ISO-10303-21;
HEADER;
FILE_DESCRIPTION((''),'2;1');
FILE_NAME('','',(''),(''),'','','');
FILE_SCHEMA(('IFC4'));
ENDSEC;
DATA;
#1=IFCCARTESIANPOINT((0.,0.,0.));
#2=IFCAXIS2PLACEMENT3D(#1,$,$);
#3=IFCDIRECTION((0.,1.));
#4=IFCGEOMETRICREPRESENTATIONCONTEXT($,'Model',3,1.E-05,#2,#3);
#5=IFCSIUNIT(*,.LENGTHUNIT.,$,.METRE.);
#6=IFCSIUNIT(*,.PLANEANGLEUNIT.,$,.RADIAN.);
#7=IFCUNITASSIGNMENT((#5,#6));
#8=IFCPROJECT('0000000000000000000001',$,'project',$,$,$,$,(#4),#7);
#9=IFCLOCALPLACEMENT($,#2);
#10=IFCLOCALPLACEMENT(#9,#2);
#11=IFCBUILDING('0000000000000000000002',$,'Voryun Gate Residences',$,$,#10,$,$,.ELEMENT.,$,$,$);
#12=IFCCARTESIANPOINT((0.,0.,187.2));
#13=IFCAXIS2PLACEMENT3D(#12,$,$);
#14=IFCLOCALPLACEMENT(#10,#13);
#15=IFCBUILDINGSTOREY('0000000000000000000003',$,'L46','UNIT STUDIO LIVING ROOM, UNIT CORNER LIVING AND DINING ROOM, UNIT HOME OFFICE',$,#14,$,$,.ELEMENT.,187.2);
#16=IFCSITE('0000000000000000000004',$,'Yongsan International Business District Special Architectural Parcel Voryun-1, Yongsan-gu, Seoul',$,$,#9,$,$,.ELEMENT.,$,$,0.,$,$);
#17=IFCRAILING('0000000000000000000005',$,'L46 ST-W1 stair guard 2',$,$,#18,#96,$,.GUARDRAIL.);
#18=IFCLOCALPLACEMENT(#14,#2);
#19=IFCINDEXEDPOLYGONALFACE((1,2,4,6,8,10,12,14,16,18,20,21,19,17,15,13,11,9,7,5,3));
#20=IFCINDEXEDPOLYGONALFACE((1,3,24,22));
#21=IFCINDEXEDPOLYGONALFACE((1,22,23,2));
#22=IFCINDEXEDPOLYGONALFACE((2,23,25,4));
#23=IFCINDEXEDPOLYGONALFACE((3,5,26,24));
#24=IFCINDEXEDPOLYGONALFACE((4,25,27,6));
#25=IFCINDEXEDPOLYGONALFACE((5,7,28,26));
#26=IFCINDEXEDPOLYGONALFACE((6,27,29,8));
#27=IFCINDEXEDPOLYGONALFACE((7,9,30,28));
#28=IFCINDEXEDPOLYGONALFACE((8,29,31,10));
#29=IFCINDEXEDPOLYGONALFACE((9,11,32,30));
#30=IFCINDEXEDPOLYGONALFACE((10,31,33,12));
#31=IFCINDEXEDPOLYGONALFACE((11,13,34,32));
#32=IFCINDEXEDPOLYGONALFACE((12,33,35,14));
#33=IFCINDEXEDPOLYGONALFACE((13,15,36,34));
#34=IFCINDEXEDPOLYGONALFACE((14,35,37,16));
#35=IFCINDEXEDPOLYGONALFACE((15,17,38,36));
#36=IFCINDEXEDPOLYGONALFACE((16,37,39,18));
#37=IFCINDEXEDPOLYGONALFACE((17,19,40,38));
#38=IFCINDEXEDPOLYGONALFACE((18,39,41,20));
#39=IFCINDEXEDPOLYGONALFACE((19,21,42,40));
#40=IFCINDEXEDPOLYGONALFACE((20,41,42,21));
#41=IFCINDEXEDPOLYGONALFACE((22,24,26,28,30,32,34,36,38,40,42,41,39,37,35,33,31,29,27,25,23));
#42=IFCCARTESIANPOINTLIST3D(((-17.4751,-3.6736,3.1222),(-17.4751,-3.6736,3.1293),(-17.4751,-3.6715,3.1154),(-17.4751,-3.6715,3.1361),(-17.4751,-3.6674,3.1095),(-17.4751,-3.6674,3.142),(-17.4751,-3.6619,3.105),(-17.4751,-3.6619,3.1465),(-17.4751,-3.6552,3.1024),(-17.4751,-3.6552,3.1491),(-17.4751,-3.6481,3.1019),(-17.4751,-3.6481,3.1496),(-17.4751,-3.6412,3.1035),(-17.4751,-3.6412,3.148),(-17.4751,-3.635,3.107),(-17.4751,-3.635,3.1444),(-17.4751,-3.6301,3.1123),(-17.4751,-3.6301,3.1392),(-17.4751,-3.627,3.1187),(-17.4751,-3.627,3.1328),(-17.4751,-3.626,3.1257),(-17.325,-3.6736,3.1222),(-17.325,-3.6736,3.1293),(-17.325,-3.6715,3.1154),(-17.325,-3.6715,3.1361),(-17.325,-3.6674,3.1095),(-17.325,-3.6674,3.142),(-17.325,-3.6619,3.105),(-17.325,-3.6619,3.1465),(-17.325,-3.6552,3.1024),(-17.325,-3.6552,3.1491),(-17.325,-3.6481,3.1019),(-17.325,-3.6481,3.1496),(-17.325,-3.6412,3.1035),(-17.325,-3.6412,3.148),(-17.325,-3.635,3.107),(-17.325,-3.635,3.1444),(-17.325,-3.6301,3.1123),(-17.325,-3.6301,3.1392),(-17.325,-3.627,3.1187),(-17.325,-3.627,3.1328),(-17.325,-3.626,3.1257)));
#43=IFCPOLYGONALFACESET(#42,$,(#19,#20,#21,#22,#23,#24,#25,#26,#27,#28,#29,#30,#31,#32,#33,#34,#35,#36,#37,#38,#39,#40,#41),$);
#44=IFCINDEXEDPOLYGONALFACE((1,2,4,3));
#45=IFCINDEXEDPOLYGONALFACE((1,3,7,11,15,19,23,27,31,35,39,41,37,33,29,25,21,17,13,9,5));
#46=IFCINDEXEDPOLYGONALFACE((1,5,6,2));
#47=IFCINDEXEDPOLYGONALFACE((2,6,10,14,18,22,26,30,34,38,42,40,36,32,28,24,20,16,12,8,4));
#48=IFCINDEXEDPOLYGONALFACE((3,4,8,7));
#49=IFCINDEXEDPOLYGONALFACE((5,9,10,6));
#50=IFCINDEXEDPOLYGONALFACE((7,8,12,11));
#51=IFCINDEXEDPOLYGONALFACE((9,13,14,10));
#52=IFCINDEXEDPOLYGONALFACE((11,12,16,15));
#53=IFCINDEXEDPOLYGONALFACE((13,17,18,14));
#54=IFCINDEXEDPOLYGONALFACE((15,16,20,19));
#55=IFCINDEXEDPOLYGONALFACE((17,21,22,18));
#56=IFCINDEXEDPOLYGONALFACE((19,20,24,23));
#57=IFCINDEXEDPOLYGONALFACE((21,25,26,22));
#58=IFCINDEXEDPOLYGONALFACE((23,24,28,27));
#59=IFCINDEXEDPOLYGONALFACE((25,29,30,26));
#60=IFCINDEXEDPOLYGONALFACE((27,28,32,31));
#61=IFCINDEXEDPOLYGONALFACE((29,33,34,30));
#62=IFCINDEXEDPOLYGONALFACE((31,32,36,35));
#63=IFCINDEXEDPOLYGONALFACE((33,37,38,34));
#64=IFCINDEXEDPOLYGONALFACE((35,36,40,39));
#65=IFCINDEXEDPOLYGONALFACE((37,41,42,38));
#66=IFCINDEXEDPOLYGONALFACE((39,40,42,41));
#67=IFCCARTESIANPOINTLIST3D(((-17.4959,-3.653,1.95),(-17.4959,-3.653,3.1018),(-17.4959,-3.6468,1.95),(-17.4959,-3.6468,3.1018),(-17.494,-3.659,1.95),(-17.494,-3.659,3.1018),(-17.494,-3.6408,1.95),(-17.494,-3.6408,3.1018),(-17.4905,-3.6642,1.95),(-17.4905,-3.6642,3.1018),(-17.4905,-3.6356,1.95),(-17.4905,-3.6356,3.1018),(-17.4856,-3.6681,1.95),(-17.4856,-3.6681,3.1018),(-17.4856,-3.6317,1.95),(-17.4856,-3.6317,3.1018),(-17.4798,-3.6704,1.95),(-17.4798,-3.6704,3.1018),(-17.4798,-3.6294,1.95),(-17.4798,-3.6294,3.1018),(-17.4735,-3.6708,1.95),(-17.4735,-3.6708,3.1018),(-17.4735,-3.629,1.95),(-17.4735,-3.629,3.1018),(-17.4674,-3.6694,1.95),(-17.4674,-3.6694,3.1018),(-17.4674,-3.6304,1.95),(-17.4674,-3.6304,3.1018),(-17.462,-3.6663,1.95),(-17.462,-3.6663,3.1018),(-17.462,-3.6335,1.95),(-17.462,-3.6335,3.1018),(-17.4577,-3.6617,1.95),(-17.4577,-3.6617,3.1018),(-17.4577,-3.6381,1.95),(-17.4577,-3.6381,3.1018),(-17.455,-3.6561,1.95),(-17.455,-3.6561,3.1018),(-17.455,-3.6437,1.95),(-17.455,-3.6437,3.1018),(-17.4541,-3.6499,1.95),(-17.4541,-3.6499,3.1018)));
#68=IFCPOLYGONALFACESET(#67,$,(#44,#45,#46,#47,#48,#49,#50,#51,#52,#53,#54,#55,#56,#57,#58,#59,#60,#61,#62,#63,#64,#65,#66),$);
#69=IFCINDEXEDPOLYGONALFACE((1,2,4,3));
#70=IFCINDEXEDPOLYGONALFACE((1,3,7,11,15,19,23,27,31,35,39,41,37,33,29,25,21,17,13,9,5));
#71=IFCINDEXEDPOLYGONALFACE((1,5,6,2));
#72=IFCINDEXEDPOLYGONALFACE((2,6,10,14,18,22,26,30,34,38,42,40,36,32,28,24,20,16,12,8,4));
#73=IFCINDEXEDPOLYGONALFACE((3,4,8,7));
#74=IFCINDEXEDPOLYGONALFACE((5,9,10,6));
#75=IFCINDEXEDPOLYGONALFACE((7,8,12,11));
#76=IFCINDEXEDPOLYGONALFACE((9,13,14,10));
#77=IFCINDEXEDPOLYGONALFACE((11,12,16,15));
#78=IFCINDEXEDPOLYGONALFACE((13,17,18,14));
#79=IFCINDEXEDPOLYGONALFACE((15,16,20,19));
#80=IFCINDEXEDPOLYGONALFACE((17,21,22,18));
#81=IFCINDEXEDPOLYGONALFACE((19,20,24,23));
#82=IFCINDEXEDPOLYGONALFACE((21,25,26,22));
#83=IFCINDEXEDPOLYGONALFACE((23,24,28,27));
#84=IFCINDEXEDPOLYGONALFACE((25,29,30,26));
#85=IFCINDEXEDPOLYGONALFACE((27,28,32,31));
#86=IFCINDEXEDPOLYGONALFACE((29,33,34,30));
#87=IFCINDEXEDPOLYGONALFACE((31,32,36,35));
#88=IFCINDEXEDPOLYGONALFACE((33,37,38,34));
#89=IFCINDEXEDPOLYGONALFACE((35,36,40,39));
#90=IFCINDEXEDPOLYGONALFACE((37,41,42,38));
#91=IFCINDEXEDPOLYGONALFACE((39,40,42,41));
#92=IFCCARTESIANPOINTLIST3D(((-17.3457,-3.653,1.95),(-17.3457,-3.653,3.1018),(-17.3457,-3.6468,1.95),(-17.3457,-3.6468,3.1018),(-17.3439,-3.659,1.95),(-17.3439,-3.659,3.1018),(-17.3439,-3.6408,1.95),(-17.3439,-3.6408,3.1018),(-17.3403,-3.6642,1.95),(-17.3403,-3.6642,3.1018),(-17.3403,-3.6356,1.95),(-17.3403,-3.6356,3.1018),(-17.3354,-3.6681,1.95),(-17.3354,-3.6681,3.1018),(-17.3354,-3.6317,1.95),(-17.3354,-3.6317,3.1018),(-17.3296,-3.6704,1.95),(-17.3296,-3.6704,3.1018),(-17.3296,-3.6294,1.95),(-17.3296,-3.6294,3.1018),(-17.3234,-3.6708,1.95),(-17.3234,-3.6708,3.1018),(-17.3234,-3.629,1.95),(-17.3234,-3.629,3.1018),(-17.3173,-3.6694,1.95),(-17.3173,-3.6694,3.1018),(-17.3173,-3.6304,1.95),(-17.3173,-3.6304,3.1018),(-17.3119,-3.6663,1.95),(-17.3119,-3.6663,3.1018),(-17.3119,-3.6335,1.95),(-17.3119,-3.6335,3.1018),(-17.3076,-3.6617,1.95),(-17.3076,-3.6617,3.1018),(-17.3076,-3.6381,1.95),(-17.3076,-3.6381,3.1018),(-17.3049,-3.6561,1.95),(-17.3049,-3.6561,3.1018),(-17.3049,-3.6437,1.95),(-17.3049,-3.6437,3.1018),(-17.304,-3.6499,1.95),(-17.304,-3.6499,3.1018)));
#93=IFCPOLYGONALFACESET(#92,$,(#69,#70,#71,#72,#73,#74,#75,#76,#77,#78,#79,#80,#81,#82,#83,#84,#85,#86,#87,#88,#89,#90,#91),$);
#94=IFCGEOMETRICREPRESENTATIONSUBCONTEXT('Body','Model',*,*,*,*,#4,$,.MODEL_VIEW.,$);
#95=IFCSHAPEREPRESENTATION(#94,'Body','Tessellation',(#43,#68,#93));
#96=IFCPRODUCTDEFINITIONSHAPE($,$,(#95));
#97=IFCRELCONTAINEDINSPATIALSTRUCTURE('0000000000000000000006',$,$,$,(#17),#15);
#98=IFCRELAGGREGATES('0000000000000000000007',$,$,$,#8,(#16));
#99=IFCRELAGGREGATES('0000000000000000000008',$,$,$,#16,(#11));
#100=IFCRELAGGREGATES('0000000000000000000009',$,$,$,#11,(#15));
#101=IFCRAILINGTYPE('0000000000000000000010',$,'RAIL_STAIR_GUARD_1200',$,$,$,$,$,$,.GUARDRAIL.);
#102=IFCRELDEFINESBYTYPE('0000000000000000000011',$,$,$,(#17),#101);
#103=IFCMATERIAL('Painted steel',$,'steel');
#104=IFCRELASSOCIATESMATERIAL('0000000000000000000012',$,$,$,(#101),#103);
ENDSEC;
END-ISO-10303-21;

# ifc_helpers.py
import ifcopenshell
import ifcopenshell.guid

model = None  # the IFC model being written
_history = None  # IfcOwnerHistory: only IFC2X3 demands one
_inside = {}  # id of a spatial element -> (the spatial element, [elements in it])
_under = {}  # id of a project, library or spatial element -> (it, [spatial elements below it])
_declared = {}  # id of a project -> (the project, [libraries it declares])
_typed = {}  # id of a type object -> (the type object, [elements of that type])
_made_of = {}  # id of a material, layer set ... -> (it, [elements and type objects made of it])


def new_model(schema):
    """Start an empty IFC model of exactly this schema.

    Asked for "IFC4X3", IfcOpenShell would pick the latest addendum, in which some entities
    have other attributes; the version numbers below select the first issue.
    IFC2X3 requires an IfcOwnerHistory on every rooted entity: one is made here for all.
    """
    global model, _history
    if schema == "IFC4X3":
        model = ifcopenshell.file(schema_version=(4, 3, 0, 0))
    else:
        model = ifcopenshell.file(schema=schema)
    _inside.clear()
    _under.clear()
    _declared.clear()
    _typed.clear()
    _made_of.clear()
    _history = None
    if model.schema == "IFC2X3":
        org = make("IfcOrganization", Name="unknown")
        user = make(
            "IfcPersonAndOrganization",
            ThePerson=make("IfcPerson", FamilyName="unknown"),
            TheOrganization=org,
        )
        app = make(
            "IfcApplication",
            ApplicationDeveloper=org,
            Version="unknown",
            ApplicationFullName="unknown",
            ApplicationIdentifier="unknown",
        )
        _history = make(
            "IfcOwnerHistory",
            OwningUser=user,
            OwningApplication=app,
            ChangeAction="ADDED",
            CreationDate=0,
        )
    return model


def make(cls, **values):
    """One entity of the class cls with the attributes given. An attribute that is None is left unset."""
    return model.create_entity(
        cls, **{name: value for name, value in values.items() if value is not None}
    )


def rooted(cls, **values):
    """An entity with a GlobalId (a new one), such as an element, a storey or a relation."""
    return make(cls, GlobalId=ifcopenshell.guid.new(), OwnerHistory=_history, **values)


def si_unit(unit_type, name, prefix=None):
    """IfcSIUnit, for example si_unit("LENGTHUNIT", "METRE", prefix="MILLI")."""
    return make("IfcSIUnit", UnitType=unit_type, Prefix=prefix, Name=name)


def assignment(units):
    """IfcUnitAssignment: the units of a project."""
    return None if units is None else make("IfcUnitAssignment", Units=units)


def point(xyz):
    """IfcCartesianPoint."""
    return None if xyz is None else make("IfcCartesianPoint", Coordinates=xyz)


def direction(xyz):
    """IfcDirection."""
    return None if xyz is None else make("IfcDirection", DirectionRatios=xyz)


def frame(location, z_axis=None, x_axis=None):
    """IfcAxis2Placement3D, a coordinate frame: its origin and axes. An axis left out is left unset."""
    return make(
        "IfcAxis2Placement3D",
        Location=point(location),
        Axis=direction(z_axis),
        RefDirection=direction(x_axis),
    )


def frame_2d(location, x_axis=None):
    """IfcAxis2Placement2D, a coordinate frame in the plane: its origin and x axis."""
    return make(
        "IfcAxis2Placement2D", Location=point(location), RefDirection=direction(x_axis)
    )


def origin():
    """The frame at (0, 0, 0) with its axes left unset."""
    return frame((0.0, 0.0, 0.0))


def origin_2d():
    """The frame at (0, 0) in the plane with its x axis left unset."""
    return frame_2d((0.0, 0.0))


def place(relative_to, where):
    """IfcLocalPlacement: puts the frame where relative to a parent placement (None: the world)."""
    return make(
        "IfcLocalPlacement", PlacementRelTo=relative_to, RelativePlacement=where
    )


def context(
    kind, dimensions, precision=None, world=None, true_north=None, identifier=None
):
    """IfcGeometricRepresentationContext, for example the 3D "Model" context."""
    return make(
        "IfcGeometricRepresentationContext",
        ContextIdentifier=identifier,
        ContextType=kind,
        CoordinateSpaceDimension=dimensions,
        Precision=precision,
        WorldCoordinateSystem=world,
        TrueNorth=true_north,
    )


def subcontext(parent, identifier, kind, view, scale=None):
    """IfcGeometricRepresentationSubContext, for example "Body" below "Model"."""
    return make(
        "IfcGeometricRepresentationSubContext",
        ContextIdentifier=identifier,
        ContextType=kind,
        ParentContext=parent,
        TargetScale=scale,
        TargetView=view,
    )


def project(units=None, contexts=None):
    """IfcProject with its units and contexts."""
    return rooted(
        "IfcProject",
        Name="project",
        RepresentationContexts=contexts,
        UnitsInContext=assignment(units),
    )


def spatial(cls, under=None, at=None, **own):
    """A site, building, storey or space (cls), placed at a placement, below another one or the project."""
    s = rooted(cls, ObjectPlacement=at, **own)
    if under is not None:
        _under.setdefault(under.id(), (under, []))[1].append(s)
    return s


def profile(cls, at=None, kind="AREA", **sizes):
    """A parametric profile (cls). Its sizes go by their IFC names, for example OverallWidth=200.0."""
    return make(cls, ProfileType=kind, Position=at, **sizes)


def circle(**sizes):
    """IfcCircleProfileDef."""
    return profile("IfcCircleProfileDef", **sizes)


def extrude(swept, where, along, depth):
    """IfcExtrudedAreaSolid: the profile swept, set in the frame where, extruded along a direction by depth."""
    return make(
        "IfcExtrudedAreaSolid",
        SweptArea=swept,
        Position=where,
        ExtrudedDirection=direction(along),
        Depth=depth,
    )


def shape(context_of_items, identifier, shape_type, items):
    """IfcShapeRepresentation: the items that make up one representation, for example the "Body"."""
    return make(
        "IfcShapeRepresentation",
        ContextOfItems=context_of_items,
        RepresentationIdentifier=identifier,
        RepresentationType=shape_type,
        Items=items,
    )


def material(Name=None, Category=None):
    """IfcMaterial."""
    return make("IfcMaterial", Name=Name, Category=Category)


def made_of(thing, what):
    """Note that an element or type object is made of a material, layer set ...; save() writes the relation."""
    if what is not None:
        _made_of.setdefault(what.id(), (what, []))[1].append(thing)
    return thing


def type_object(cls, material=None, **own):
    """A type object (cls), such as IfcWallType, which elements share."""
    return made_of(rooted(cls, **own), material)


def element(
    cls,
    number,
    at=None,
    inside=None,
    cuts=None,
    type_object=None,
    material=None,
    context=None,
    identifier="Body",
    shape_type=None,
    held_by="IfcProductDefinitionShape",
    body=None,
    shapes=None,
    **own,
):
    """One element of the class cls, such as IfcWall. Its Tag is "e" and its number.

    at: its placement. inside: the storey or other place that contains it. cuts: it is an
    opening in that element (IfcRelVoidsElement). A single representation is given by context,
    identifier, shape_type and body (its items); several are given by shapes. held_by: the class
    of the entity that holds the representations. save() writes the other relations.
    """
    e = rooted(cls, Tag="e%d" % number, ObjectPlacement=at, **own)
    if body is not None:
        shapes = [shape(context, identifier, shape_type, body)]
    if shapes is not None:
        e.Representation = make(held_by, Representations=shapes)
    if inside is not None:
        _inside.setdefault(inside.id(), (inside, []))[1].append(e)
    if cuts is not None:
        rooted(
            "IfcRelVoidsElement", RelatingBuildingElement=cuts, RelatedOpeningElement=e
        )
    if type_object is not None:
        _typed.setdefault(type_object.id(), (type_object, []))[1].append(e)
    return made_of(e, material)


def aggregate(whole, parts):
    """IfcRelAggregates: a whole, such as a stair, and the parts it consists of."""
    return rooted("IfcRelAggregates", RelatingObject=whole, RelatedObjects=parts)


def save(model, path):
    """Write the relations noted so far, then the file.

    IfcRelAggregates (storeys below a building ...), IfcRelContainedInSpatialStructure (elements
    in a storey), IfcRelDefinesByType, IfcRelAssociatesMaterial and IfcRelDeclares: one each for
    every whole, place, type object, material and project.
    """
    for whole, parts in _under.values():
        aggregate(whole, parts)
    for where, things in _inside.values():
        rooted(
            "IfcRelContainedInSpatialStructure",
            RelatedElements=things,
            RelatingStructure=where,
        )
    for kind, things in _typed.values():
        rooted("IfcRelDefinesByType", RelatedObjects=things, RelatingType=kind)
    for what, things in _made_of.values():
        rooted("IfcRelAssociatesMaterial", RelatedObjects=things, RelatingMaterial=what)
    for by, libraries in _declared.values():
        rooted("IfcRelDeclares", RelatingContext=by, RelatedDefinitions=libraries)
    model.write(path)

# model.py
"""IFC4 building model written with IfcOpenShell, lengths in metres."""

from ifc_helpers import new_model, si_unit, direction, frame, origin, origin_2d, place, context, subcontext, project, spatial, circle, extrude, material, type_object, element, save


model = new_model("IFC4")

# Units and contexts
model_context = context("Model", 3, precision=1e-05, world=origin(), true_north=direction((0.0, 1.0)))
body_context = subcontext(model_context, "Body", "Model", "MODEL_VIEW")
ifc_project = project(units=[si_unit("LENGTHUNIT", "METRE"), si_unit("PLANEANGLEUNIT", "RADIAN")], contexts=[model_context])

# Site, building, storey
site_placement = place(None, origin())
site = spatial("IfcSite", under=ifc_project, at=site_placement, Name="Yongsan International Business District Special Architectural Parcel Voryun-1, Yongsan-gu, Seoul", CompositionType="ELEMENT", RefElevation=0.0)
building_placement = place(site_placement, origin())
building = spatial("IfcBuilding", under=site, at=building_placement, Name="Voryun Gate Residences", CompositionType="ELEMENT")
storey_placement = place(building_placement, frame((0.0, 0.0, 187.2)))
storey = spatial("IfcBuildingStorey", under=building, at=storey_placement, Name="L46", Description="UNIT STUDIO LIVING ROOM, UNIT CORNER LIVING AND DINING ROOM, UNIT HOME OFFICE", CompositionType="ELEMENT", Elevation=187.2)

# Railing
ifc_material_1 = material(Name="Painted steel", Category="steel")
railing_type_1 = type_object("IfcRailingType", Name="RAIL_STAIR_GUARD_1200", PredefinedType="GUARDRAIL", material=ifc_material_1)
railing_1_placement = place(storey_placement, frame((-17.4751, -3.6499, 1.95)))
element("IfcRailing", 1, at=railing_1_placement, inside=storey, type_object=railing_type_1, Name="L46 ST-W1 stair guard 2", PredefinedType="GUARDRAIL", context=body_context, shape_type="SweptSolid", body=[
    extrude(circle(Radius=0.0239, at=origin_2d()), frame((0.0, 0.0, 1.1758), z_axis=(1.0, 0.0, 0.0), x_axis=(0.0, 1.0, 0.0)), (0.0, 0.0, 1.0), 0.1501),
    extrude(circle(Radius=0.021, at=origin_2d()), origin(), (0.0, 0.0, 1.0), 1.1519),
    extrude(circle(Radius=0.021, at=origin_2d()), frame((0.1501, 0.0, 0.0)), (0.0, 0.0, 1.0), 1.1519),
])

save(model, "model.ifc")
